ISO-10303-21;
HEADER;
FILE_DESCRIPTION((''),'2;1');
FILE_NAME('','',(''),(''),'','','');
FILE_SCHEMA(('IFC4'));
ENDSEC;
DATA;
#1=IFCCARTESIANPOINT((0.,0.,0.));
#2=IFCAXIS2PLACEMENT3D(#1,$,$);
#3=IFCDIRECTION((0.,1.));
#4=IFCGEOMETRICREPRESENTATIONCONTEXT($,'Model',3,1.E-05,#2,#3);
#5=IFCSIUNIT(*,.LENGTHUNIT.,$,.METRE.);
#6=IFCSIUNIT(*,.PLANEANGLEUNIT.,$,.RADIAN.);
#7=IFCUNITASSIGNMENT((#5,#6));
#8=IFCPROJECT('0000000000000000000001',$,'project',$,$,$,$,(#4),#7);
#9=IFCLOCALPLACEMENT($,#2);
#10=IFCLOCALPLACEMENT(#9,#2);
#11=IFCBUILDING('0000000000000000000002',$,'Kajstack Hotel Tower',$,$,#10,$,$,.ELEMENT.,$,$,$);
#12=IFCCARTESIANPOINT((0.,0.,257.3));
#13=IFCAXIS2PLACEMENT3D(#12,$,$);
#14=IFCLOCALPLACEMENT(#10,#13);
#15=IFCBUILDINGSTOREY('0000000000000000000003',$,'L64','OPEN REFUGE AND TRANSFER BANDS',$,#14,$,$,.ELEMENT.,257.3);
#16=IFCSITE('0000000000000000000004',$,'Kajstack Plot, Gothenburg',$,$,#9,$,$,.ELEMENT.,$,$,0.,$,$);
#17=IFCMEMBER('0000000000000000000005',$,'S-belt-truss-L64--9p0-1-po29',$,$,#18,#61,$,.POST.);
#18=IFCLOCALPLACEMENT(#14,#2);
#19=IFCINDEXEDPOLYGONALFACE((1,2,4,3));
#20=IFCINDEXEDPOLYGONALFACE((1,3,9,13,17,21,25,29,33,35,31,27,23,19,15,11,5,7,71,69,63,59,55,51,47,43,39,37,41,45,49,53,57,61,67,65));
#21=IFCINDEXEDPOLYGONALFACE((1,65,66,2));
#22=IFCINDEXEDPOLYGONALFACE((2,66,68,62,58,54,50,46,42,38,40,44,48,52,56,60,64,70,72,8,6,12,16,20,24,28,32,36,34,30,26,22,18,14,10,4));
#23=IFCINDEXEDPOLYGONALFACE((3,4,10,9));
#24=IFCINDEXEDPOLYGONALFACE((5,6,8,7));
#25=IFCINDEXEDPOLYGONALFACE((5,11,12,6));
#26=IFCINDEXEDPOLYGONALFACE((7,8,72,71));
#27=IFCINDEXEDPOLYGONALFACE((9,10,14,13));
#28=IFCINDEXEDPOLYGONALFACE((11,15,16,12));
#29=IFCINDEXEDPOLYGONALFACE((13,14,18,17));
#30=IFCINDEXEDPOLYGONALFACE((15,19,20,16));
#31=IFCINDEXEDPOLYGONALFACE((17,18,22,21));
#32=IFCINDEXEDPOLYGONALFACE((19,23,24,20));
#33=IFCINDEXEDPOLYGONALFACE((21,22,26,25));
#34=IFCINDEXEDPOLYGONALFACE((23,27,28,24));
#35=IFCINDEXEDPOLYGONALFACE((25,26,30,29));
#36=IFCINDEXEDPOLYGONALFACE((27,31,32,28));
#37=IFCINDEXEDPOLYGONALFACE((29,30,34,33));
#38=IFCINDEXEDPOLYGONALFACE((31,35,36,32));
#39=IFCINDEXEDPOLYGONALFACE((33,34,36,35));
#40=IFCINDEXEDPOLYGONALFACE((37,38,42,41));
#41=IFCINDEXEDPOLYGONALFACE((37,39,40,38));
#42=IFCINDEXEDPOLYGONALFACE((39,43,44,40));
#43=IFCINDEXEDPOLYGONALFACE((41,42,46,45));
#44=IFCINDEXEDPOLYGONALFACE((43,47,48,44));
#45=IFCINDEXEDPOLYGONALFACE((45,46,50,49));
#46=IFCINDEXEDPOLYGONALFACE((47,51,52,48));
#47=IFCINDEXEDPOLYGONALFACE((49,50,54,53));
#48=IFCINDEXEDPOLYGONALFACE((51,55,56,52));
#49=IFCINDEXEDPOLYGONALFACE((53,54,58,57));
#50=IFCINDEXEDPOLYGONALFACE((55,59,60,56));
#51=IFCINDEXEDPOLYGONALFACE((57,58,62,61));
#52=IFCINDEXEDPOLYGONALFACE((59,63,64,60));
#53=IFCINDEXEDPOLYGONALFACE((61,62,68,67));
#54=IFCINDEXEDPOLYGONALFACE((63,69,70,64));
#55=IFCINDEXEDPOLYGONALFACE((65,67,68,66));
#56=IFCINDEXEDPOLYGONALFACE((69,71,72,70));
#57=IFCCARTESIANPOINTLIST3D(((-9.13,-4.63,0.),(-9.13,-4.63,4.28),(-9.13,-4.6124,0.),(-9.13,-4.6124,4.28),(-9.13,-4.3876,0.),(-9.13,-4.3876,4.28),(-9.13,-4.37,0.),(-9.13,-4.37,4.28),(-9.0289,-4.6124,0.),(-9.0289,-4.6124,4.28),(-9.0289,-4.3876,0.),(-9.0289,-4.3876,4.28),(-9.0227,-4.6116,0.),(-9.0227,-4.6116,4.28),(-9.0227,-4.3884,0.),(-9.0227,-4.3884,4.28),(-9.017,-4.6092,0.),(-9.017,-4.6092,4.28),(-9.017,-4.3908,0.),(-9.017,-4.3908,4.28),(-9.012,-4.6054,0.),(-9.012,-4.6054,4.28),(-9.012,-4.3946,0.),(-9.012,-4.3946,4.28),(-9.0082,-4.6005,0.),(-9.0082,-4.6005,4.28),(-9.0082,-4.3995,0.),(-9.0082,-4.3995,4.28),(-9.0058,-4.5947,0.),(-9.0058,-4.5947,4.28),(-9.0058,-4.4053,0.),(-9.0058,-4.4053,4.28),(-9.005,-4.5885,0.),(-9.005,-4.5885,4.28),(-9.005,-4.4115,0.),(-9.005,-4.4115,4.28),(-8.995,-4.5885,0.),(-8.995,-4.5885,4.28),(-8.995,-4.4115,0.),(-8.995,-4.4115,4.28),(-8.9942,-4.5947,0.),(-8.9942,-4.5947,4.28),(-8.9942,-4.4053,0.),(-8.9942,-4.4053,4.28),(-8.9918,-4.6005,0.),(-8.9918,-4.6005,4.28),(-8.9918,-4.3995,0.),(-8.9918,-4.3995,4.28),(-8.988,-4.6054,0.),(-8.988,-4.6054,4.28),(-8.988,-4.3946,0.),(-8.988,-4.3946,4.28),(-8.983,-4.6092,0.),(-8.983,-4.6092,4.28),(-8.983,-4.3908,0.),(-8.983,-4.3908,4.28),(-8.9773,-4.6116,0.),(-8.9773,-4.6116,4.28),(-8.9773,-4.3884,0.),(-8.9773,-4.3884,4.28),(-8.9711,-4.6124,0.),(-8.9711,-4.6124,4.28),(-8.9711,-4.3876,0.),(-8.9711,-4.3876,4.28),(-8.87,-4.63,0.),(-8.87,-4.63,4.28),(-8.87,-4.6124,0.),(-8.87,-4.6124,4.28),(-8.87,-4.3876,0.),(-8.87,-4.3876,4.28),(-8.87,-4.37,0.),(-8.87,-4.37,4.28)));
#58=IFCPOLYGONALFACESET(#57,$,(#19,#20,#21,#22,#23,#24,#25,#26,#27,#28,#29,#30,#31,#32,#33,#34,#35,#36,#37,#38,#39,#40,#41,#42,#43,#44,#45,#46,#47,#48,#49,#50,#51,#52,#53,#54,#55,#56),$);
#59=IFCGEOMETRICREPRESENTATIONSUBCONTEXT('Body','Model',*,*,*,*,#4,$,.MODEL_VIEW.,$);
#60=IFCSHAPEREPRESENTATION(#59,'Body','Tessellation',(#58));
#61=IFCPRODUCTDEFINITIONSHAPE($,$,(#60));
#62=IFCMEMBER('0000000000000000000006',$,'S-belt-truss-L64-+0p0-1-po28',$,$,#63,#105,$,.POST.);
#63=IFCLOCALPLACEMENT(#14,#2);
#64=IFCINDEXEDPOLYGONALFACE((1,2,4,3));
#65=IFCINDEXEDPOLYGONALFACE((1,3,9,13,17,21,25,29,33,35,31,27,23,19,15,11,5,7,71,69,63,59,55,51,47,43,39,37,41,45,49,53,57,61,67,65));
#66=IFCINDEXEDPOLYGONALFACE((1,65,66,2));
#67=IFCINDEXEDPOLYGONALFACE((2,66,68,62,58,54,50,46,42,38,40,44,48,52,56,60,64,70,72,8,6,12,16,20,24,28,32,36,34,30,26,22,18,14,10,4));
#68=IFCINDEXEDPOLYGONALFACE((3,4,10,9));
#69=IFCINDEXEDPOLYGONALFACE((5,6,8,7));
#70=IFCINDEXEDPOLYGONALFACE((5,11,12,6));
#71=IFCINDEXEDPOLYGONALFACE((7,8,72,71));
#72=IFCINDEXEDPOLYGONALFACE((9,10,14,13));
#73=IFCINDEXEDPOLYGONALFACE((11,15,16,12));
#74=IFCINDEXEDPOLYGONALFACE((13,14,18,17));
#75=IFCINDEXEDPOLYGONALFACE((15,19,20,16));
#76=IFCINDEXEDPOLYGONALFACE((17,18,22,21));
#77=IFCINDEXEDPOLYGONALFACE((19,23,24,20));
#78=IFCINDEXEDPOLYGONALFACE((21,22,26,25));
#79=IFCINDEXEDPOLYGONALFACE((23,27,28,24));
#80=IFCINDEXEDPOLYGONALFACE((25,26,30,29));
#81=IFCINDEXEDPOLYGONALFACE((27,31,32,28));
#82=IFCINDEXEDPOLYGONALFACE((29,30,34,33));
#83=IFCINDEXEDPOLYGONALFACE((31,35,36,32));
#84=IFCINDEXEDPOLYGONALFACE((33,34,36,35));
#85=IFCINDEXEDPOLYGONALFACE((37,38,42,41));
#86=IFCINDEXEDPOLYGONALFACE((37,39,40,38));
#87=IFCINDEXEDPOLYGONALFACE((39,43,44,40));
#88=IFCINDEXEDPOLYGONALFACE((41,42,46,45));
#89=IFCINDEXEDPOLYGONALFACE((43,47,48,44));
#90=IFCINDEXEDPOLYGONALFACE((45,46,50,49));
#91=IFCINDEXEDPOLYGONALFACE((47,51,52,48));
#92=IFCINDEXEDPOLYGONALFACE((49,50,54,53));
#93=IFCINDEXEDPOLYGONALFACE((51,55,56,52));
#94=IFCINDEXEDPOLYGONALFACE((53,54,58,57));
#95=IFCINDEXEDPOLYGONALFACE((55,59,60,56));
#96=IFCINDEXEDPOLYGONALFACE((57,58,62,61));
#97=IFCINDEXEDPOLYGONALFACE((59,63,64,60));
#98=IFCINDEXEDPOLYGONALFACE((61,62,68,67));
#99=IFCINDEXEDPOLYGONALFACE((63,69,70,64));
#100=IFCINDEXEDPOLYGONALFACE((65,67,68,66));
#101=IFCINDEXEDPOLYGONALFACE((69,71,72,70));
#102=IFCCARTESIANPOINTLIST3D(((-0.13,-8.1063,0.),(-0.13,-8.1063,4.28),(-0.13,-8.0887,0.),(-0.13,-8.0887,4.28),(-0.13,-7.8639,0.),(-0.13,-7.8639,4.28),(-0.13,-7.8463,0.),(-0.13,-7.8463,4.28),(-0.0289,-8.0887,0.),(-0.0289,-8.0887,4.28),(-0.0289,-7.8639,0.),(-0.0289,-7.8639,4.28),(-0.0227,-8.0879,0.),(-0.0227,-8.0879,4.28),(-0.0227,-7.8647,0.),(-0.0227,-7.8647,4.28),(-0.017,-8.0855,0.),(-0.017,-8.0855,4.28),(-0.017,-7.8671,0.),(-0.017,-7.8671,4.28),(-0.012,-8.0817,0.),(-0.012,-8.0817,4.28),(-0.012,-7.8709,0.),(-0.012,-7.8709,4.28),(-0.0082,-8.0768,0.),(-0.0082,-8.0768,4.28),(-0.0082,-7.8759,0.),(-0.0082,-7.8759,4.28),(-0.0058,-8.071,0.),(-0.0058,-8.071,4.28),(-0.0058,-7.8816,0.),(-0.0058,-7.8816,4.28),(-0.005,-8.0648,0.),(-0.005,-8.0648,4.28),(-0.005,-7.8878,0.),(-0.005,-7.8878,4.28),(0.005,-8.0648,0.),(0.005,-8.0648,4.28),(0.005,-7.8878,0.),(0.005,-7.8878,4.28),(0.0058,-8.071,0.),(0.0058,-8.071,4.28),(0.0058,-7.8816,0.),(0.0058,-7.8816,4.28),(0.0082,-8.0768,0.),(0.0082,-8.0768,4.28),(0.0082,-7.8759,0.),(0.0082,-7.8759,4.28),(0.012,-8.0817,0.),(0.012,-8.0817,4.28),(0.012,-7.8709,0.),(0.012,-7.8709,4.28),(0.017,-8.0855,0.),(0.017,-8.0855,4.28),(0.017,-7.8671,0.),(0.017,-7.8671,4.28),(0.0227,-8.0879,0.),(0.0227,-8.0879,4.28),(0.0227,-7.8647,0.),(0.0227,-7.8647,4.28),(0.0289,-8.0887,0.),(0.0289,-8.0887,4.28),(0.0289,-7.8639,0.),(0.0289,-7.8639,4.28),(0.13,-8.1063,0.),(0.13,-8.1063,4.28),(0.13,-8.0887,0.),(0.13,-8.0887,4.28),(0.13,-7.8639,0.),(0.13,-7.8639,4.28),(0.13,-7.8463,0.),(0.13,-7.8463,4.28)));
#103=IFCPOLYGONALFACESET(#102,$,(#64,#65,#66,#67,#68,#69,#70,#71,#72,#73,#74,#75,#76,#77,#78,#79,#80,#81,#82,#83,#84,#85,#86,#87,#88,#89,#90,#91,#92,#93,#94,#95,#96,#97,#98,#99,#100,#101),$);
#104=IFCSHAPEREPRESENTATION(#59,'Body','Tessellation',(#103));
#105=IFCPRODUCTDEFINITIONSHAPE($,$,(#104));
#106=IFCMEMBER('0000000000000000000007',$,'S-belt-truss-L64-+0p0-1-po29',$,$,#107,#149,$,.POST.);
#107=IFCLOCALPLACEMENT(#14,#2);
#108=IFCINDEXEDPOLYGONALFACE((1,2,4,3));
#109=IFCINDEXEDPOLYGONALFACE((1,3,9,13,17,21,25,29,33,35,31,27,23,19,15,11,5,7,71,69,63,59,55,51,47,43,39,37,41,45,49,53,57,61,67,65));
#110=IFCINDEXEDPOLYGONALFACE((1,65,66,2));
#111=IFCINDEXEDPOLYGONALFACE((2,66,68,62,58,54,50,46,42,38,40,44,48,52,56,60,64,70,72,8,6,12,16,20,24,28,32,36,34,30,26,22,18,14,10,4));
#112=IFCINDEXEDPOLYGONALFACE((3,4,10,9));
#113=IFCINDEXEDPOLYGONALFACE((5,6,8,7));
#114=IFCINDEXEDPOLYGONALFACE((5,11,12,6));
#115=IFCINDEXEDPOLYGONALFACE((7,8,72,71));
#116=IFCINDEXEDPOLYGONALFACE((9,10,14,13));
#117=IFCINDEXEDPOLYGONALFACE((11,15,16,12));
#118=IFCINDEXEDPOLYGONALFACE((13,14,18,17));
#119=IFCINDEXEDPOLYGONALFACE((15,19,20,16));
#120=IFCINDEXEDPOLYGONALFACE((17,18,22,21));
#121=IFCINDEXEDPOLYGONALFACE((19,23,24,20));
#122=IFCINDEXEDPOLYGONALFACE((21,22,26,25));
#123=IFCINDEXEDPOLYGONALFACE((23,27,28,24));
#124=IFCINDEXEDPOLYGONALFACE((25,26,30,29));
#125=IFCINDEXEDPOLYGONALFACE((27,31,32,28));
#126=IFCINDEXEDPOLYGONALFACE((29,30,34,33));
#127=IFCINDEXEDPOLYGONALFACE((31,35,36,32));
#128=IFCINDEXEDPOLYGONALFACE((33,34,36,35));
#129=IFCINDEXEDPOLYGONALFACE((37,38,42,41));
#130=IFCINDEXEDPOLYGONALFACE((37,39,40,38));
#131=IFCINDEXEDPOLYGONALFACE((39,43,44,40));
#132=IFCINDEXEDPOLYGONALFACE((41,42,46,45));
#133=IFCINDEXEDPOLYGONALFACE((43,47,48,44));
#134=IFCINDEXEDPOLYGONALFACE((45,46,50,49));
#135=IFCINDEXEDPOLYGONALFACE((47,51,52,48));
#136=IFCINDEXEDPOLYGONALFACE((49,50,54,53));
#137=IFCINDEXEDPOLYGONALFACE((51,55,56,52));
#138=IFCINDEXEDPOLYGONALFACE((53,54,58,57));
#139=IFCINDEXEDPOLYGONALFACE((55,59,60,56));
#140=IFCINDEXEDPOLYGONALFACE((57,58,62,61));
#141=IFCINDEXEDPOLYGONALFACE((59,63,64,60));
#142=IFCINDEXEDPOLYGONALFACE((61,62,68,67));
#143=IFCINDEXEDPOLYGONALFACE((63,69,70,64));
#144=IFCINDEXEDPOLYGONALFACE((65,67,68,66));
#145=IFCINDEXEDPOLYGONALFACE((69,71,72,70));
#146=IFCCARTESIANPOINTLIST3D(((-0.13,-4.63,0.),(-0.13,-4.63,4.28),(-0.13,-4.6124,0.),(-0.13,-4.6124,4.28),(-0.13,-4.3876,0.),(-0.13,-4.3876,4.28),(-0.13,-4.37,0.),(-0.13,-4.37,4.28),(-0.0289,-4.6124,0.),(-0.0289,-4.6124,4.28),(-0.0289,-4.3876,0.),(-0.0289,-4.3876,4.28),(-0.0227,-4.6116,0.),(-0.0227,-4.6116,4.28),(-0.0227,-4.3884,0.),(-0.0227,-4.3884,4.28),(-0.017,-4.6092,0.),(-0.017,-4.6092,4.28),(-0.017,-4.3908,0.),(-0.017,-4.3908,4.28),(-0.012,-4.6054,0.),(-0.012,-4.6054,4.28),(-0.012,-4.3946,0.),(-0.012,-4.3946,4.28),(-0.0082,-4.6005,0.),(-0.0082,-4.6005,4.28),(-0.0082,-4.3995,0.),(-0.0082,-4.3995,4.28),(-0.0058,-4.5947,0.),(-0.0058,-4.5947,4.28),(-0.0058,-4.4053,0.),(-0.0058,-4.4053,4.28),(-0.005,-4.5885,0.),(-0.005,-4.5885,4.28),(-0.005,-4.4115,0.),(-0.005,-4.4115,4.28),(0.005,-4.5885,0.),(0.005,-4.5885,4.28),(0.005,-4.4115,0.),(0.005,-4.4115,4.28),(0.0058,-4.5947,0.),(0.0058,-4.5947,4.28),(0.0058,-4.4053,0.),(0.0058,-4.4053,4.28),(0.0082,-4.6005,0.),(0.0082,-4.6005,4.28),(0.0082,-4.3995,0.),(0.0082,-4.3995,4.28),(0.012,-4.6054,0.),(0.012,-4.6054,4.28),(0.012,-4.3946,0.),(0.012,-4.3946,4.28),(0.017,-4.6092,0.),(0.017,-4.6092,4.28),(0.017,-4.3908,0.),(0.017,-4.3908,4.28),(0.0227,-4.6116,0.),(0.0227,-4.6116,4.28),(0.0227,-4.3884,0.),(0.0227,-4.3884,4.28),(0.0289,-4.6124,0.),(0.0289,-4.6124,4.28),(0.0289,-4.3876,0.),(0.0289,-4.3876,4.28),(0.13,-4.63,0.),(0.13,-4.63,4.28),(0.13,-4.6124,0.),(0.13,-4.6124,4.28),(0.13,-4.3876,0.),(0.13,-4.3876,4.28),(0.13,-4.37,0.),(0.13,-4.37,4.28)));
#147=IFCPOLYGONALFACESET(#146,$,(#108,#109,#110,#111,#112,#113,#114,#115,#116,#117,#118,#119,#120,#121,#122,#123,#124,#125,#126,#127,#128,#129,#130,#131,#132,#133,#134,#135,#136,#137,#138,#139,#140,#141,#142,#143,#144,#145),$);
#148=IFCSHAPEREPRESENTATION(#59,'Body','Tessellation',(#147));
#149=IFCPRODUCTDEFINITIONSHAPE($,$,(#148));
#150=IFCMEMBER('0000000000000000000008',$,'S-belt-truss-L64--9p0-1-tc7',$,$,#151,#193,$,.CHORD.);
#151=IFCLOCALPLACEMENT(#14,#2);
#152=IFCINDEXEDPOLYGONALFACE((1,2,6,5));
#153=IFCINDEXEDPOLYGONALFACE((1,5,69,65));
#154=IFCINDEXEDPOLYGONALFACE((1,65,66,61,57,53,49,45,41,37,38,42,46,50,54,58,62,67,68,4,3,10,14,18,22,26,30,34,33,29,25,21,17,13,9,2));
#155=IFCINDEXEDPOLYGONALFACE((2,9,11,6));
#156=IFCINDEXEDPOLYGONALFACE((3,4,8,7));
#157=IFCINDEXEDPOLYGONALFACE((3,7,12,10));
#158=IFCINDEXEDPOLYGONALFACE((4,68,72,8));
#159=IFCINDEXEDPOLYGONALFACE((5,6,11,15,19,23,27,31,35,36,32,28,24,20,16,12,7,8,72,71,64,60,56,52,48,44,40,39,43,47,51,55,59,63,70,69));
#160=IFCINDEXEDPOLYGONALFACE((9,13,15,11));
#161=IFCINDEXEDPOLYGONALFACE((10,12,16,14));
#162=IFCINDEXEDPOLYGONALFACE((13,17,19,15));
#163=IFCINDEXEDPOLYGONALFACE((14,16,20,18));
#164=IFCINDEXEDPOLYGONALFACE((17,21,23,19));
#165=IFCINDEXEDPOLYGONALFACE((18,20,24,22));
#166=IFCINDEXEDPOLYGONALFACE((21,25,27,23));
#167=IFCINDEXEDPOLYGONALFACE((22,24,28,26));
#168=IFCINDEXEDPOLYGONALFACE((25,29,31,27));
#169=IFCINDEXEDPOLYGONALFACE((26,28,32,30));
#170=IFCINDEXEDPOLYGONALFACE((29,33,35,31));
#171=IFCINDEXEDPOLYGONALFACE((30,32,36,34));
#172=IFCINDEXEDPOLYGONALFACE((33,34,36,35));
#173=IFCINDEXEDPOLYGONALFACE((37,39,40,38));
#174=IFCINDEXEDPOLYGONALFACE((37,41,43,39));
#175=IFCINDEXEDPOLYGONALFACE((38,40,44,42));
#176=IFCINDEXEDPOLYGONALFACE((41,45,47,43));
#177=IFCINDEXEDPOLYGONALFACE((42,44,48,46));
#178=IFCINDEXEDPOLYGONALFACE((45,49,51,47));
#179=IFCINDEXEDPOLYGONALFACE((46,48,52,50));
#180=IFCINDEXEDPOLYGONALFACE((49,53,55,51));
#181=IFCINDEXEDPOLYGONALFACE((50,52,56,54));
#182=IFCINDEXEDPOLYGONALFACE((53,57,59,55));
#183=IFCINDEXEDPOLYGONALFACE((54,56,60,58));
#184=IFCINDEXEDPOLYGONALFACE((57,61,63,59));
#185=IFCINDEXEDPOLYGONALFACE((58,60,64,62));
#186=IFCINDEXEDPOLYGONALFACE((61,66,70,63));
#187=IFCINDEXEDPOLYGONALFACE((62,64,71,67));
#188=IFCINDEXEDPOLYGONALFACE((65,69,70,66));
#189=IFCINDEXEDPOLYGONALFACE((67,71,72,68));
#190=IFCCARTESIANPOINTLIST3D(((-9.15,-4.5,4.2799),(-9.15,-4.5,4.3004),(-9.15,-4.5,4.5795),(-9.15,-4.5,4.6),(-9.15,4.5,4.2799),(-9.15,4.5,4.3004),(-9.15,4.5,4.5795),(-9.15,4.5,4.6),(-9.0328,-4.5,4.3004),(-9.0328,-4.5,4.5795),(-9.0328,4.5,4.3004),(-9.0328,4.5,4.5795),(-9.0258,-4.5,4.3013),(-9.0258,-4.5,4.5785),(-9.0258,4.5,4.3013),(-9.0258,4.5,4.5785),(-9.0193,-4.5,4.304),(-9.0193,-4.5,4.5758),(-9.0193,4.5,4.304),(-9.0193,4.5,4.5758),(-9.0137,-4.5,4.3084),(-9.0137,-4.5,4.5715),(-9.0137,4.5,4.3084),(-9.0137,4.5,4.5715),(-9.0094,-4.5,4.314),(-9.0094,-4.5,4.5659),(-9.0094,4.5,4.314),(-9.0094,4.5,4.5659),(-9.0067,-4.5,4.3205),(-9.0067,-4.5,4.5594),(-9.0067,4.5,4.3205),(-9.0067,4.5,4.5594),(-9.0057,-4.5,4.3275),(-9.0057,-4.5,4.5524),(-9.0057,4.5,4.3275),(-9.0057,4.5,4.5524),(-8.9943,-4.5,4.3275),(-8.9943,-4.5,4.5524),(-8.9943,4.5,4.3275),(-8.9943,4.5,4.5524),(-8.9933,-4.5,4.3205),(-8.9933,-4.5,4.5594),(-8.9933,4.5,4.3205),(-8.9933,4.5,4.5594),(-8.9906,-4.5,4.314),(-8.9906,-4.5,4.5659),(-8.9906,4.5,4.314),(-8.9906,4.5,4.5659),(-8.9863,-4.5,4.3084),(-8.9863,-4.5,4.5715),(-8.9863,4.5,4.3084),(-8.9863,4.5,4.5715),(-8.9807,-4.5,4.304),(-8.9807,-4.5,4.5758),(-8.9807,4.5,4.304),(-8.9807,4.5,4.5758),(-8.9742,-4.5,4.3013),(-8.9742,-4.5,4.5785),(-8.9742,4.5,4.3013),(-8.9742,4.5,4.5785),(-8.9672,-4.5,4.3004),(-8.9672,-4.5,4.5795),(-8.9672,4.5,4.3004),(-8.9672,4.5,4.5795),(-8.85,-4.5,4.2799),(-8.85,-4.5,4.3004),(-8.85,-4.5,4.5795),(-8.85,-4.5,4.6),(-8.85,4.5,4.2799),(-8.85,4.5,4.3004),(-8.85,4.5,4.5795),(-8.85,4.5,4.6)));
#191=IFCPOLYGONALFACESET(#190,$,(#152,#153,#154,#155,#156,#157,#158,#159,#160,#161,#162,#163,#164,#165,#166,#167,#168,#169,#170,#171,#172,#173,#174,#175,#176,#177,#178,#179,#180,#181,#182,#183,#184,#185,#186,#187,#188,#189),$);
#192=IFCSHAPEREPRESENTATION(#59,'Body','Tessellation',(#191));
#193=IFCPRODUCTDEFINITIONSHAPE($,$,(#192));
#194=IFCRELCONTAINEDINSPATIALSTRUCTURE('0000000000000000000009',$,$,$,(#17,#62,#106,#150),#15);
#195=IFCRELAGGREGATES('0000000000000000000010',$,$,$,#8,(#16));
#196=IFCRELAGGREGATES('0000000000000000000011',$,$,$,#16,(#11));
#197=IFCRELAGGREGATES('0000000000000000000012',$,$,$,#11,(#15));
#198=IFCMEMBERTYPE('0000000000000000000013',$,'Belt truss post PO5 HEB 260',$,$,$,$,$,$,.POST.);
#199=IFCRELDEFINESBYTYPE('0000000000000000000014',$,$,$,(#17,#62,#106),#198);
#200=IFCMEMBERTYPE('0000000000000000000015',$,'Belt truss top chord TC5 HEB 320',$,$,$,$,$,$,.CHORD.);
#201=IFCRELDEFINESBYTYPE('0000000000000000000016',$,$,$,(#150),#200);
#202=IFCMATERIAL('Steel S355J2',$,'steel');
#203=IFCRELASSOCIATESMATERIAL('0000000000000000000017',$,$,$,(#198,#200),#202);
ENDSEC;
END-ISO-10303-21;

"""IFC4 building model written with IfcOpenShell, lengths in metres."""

from ifc_helpers import new_model, si_unit, direction, frame, origin, origin_2d, place, context, subcontext, project, spatial, i_section, extrude, material, material_profile, profile_set, type_object, element, save


model = new_model("IFC4")

# Units and contexts
model_context = context("Model", 3, precision=1e-05, world=origin(), true_north=direction((0.0, 1.0)))
body_context = subcontext(model_context, "Body", "Model", "MODEL_VIEW")
ifc_project = project(units=[si_unit("LENGTHUNIT", "METRE"), si_unit("PLANEANGLEUNIT", "RADIAN")], contexts=[model_context])

# Site, building, storey
site_placement = place(None, origin())
site = spatial("IfcSite", under=ifc_project, at=site_placement, Name="Kajstack Plot, Gothenburg", CompositionType="ELEMENT", RefElevation=0.0)
building_placement = place(site_placement, origin())
building = spatial("IfcBuilding", under=site, at=building_placement, Name="Kajstack Hotel Tower", CompositionType="ELEMENT")
storey_placement = place(building_placement, frame((0.0, 0.0, 257.3)))
storey = spatial("IfcBuildingStorey", under=building, at=storey_placement, Name="L64", Description="OPEN REFUGE AND TRANSFER BANDS", CompositionType="ELEMENT", Elevation=257.3)

# Members
ifc_material_1 = material(Name="Steel S355J2", Category="steel")
ifc_material_profile_1 = material_profile(ifc_material_1, i_section(OverallWidth=0.26, OverallDepth=0.26, WebThickness=0.01, FlangeThickness=0.0176, FilletRadius=0.0239, at=origin_2d()), Name="HEB 260")
ifc_profile_set_1 = profile_set([ifc_material_profile_1], Name="Steel S355J2")
member_type_1 = type_object("IfcMemberType", Name="Belt truss post PO5 HEB 260", PredefinedType="POST", material=ifc_profile_set_1)
for number, where, z_axis, x_axis, name in (
    (1, (-9.0, -4.5, 0.0), (0.0, 0.0, 1.0), (1.0, 0.0, 0.0), "S-belt-truss-L64--9p0-1-po29"),
    (2, (0.0, -7.9763, 0.0), (0.0, 0.0, 1.0), (1.0, 0.0, 0.0), "S-belt-truss-L64-+0p0-1-po28"),
    (3, (0.0, -4.5, 0.0), (0.0, 0.0, 1.0), (1.0, 0.0, 0.0), "S-belt-truss-L64-+0p0-1-po29"),
):
    element("IfcMember", number, at=place(storey_placement, frame(where, z_axis=z_axis, x_axis=x_axis)), inside=storey, type_object=member_type_1, Name=name, PredefinedType="POST", context=body_context, shape_type="SweptSolid", body=[
        extrude(i_section(OverallWidth=0.26, OverallDepth=0.26, WebThickness=0.01, FlangeThickness=0.0176, FilletRadius=0.0239, at=origin_2d()), origin(), (0.0, 0.0, 1.0), 4.28),
    ])
ifc_material_profile_2 = material_profile(ifc_material_1, i_section(OverallWidth=0.3, OverallDepth=0.3201, WebThickness=0.0115, FlangeThickness=0.0205, FilletRadius=0.0271, at=origin_2d()), Name="HEB 320")
ifc_profile_set_2 = profile_set([ifc_material_profile_2], Name="Steel S355J2")
member_type_2 = type_object("IfcMemberType", Name="Belt truss top chord TC5 HEB 320", PredefinedType="CHORD", material=ifc_profile_set_2)
member_1_placement = place(storey_placement, frame((-9.0, -4.5, 4.4399), z_axis=(0.0, 1.0, 0.0), x_axis=(-1.0, 0.0, 0.0)))
element("IfcMember", 4, at=member_1_placement, inside=storey, type_object=member_type_2, Name="S-belt-truss-L64--9p0-1-tc7", PredefinedType="CHORD", context=body_context, shape_type="SweptSolid", body=[
    extrude(i_section(OverallWidth=0.3, OverallDepth=0.3201, WebThickness=0.0115, FlangeThickness=0.0205, FilletRadius=0.0271, at=origin_2d()), origin(), (0.0, 0.0, 1.0), 9.0),
])

save(model, "model.ifc")
